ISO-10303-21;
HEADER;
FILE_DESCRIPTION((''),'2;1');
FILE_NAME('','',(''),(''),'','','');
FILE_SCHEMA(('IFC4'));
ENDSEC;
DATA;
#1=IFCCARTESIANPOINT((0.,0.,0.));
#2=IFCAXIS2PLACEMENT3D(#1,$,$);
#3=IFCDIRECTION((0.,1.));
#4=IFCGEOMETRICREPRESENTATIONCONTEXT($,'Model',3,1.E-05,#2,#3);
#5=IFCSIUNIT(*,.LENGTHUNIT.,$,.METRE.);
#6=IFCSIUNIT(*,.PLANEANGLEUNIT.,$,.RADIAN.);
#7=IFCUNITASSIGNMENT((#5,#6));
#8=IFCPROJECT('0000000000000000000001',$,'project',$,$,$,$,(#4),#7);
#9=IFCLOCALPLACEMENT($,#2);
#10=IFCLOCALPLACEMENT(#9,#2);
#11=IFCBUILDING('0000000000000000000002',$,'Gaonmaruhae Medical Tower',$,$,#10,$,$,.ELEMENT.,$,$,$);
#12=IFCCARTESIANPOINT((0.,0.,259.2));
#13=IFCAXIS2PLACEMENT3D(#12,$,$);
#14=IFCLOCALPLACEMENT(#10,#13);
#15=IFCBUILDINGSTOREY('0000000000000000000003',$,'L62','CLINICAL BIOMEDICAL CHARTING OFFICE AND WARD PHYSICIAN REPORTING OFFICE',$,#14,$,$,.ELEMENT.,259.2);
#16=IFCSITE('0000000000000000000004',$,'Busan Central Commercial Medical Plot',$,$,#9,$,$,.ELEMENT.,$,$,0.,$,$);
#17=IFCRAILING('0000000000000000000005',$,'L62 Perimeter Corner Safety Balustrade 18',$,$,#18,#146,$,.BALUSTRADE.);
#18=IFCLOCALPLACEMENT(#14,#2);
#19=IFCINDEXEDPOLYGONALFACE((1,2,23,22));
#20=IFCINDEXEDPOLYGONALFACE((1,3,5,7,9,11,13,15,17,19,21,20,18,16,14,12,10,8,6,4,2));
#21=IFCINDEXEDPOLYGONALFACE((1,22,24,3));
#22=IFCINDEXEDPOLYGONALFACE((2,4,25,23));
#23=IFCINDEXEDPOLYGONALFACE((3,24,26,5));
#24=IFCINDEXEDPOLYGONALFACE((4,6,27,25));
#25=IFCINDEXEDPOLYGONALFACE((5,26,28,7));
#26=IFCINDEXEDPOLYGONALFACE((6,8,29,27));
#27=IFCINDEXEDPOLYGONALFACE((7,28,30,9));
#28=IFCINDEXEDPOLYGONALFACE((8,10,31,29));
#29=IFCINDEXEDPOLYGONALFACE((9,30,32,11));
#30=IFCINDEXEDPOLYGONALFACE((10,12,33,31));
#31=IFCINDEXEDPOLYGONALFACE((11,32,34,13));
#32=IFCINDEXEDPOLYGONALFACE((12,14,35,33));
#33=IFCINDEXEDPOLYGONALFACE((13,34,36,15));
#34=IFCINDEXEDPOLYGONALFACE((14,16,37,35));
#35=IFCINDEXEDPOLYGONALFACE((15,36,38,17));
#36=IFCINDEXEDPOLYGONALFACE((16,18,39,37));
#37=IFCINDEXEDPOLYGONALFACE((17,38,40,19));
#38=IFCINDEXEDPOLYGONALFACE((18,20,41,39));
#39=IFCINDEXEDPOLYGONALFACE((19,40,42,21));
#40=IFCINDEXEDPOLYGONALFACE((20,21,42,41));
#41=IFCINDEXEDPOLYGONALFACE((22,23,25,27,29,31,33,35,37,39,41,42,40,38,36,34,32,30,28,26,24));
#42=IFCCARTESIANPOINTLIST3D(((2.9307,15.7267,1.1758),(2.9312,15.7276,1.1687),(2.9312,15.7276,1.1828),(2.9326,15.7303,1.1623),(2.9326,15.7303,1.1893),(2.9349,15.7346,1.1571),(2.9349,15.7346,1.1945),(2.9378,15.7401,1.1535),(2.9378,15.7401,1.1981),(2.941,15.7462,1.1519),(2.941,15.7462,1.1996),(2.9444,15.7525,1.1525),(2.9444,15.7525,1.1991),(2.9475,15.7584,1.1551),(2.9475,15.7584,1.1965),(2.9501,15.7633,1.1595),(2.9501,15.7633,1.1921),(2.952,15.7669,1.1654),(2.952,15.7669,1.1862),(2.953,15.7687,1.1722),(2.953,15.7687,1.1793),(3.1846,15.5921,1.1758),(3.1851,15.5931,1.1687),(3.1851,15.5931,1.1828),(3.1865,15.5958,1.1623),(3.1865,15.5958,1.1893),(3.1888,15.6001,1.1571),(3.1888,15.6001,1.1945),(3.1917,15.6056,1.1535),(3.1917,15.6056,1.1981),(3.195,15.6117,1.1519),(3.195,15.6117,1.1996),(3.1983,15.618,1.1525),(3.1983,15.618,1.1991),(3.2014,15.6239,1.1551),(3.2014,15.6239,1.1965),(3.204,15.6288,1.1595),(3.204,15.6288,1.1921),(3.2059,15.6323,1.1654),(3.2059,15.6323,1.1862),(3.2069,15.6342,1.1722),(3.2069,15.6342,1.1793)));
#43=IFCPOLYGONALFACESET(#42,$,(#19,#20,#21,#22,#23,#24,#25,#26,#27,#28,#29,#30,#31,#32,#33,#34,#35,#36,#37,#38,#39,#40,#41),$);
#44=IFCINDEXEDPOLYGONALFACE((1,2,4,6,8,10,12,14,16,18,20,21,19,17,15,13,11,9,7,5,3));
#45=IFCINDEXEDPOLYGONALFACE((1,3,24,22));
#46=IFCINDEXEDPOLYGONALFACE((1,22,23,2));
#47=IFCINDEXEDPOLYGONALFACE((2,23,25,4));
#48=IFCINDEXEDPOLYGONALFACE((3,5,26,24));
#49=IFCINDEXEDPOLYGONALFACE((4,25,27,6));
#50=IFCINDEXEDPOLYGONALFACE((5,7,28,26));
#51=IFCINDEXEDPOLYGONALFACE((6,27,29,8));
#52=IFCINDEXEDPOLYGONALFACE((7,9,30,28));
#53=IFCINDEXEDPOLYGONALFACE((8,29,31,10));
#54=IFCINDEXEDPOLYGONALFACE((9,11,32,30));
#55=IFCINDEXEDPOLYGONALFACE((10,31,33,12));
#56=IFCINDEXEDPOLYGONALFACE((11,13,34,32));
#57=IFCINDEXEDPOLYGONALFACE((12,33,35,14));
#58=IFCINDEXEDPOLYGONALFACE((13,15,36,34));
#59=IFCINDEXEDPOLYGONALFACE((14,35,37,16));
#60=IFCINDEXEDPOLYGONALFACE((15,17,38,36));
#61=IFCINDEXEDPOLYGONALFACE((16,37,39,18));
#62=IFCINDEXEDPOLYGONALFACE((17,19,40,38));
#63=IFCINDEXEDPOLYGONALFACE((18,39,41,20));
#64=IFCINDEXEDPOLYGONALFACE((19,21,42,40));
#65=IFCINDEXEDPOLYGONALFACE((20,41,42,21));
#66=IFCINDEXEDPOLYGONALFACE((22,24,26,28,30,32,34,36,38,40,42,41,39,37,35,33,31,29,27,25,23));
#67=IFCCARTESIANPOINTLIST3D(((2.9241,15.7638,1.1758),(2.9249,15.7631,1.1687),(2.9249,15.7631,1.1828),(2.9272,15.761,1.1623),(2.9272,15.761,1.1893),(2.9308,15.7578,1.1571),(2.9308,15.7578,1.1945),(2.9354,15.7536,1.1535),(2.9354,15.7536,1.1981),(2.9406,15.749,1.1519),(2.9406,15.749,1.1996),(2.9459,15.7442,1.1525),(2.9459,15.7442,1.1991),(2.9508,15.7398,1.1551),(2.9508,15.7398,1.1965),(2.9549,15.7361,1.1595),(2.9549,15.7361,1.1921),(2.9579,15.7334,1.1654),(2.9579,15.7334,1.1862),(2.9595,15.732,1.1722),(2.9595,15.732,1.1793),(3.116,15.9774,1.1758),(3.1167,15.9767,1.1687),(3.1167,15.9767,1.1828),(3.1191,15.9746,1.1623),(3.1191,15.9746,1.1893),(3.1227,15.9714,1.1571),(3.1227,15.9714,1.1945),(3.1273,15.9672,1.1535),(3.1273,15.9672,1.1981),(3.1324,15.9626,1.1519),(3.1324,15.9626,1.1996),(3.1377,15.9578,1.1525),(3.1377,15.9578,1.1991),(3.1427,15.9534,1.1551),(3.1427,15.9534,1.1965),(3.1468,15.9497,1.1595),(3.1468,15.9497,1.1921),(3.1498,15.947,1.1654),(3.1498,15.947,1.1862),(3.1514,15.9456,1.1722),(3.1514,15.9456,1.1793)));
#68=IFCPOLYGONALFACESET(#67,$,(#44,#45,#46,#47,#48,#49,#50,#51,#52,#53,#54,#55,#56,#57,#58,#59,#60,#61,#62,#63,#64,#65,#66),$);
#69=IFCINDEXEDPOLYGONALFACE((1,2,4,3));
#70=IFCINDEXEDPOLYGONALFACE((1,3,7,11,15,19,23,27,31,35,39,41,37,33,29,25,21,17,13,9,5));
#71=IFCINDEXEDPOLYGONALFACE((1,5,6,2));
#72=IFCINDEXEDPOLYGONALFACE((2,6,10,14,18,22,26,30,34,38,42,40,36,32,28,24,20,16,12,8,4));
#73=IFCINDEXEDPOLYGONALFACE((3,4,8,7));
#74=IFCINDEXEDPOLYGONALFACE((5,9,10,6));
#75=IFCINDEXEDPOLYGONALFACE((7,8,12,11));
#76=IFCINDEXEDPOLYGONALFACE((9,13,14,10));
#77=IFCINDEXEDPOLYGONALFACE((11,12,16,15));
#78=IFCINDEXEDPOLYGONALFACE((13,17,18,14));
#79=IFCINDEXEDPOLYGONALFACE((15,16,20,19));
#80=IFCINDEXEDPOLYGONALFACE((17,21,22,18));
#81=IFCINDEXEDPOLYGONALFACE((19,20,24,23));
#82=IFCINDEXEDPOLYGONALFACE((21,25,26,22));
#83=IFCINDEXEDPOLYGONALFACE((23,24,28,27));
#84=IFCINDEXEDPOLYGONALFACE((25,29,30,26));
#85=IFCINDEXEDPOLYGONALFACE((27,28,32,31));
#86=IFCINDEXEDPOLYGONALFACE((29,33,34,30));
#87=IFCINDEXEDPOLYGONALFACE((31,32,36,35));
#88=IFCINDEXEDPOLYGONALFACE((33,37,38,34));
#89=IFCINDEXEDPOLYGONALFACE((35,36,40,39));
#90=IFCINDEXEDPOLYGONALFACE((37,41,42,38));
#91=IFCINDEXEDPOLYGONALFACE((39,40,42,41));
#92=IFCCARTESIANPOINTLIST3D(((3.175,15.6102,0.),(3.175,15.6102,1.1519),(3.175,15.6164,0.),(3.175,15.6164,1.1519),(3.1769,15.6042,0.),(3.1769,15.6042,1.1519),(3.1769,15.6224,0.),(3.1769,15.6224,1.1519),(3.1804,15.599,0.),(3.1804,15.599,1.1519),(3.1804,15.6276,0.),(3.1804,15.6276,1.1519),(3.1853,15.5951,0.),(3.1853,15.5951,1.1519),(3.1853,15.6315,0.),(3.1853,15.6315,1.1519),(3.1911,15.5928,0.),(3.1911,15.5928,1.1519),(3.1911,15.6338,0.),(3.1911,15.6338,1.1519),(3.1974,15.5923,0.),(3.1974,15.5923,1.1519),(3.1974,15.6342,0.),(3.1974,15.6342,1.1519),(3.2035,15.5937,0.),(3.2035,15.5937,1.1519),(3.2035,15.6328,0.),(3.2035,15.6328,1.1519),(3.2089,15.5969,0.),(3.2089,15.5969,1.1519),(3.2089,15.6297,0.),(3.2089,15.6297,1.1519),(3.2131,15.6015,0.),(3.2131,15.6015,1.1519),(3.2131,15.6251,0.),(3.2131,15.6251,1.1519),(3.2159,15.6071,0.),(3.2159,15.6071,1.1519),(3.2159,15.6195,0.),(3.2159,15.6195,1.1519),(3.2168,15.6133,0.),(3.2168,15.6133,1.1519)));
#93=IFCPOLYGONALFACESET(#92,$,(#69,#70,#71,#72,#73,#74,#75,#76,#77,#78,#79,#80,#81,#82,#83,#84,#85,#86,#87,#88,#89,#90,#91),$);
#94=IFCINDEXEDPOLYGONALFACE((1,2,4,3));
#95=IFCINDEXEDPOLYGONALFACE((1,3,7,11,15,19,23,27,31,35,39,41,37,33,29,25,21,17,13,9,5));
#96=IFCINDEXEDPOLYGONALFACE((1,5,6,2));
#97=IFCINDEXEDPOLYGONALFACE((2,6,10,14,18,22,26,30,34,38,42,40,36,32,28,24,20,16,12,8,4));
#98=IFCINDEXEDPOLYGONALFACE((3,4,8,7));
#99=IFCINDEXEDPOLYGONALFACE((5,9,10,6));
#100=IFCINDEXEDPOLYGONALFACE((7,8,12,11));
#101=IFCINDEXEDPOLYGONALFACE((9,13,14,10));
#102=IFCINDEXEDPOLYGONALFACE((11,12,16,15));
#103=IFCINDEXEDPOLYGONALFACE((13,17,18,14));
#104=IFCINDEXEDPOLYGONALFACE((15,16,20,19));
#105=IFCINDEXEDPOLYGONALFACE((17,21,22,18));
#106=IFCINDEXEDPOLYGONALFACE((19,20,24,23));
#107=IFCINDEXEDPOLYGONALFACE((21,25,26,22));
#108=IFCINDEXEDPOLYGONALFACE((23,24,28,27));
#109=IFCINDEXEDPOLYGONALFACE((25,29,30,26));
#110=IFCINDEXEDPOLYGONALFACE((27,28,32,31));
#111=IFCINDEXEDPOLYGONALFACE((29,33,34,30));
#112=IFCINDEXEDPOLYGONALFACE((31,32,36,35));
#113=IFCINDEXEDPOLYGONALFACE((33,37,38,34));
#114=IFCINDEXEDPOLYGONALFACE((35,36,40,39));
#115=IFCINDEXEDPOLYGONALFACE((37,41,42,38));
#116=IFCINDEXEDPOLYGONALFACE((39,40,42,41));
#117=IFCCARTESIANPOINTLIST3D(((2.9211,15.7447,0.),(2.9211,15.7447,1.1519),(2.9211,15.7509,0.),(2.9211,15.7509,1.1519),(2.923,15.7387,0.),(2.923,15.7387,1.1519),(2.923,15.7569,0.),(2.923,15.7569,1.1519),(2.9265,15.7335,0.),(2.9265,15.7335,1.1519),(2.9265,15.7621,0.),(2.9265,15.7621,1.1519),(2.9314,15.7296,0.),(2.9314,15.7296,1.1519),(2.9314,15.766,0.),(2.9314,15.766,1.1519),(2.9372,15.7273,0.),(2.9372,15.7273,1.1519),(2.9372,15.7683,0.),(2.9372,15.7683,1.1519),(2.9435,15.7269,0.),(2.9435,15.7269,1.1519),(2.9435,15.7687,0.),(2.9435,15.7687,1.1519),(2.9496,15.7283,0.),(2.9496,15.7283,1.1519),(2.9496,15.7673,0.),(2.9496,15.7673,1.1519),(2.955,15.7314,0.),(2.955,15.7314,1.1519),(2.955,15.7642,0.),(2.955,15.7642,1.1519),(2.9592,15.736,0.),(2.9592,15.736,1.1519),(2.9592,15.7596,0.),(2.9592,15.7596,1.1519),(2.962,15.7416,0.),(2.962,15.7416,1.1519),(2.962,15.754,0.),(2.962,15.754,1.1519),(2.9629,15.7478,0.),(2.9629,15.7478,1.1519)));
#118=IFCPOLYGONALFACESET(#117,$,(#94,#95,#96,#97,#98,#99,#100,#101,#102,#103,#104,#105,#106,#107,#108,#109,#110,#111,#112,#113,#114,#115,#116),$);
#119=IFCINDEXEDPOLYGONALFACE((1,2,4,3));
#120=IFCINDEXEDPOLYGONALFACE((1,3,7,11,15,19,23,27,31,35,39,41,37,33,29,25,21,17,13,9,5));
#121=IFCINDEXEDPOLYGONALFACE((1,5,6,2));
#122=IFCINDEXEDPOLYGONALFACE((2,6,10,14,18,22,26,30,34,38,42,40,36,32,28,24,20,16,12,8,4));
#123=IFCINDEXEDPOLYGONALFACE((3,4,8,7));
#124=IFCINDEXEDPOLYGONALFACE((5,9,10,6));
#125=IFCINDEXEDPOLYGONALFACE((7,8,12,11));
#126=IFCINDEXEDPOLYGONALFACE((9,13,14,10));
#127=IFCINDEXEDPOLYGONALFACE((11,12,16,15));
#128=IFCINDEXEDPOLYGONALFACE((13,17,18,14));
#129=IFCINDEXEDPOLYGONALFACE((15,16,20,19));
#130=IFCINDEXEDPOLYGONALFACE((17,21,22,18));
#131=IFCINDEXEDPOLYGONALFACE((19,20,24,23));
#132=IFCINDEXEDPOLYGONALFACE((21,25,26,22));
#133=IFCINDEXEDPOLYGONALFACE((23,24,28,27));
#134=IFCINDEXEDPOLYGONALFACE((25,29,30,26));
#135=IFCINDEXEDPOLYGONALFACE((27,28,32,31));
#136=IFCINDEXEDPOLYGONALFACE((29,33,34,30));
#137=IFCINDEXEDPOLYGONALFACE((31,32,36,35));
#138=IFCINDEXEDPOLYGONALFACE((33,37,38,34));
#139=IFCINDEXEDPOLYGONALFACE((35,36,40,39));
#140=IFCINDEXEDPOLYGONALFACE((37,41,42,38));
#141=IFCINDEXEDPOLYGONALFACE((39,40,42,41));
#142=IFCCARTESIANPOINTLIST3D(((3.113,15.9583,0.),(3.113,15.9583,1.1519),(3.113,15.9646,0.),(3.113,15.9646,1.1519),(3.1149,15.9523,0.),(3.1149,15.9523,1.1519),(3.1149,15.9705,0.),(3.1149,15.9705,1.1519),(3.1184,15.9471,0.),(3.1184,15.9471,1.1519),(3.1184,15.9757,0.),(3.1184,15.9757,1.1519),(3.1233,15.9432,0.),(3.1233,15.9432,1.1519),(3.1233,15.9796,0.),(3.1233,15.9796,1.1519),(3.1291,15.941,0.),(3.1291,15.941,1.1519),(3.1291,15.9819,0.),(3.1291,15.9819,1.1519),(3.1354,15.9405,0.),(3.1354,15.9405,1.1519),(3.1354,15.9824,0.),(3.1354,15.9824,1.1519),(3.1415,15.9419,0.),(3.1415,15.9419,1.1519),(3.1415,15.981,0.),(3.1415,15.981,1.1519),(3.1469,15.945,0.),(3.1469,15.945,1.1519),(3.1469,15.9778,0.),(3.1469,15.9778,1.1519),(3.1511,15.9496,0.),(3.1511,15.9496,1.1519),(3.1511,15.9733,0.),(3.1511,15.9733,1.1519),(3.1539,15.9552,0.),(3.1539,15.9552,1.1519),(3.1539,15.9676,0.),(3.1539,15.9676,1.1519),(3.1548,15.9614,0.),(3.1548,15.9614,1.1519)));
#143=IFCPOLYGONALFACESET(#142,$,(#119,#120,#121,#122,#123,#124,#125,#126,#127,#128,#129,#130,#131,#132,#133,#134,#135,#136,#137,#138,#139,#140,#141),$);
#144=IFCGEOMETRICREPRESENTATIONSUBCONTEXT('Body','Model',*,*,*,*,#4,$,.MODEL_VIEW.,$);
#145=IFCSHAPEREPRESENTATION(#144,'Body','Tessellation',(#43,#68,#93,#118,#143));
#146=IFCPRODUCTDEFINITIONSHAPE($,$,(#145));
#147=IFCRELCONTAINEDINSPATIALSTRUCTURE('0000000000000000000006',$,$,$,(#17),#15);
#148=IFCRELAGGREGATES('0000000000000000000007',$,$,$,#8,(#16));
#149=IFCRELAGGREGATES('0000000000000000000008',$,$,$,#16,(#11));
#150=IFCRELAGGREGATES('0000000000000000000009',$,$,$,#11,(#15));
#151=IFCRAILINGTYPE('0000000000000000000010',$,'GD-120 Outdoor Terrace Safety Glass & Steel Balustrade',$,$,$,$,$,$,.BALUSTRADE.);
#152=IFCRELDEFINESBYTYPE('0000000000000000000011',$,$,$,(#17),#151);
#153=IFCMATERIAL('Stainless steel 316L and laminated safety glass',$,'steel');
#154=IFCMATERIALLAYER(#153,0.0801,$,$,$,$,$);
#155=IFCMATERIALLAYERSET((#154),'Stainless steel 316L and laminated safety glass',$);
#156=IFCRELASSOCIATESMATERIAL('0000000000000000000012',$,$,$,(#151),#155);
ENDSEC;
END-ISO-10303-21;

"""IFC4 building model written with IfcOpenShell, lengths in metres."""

from ifc_helpers import new_model, si_unit, direction, frame, origin, origin_2d, place, context, subcontext, project, spatial, circle, extrude, material, layer, layer_set, type_object, element, save


model = new_model("IFC4")

# Units and contexts
model_context = context("Model", 3, precision=1e-05, world=origin(), true_north=direction((0.0, 1.0)))
body_context = subcontext(model_context, "Body", "Model", "MODEL_VIEW")
ifc_project = project(units=[si_unit("LENGTHUNIT", "METRE"), si_unit("PLANEANGLEUNIT", "RADIAN")], contexts=[model_context])

# Site, building, storey
site_placement = place(None, origin())
site = spatial("IfcSite", under=ifc_project, at=site_placement, Name="Busan Central Commercial Medical Plot", CompositionType="ELEMENT", RefElevation=0.0)
building_placement = place(site_placement, origin())
building = spatial("IfcBuilding", under=site, at=building_placement, Name="Gaonmaruhae Medical Tower", CompositionType="ELEMENT")
storey_placement = place(building_placement, frame((0.0, 0.0, 259.2)))
storey = spatial("IfcBuildingStorey", under=building, at=storey_placement, Name="L62", Description="CLINICAL BIOMEDICAL CHARTING OFFICE AND WARD PHYSICIAN REPORTING OFFICE", CompositionType="ELEMENT", Elevation=259.2)

# Railing
ifc_material_1 = material(Name="Stainless steel 316L and laminated safety glass", Category="steel")
ifc_layer_1 = layer(ifc_material_1, 0.0801)
ifc_layer_set_1 = layer_set([ifc_layer_1], Name="Stainless steel 316L and laminated safety glass")
railing_type_1 = type_object("IfcRailingType", Name="GD-120 Outdoor Terrace Safety Glass & Steel Balustrade", PredefinedType="BALUSTRADE", material=ifc_layer_set_1)
railing_1_placement = place(storey_placement, frame((3.1958, 15.6133, 0.0)))
element("IfcRailing", 1, at=railing_1_placement, inside=storey, type_object=railing_type_1, Name="L62 Perimeter Corner Safety Balustrade 18", PredefinedType="BALUSTRADE", context=body_context, shape_type="SweptSolid", body=[
    extrude(circle(Radius=0.0239, at=origin_2d()), frame((0.0, 0.0, 1.1758), z_axis=(-0.883643, 0.468161, 0.0), x_axis=(-0.468161, -0.883643, 0.0)), (0.0, 0.0, 1.0), 0.2874),
    extrude(circle(Radius=0.0239, at=origin_2d()), frame((-0.2539, 0.1345, 1.1758), z_axis=(0.66826, 0.743928, 0.0), x_axis=(-0.743928, 0.66826, 0.0)), (0.0, 0.0, 1.0), 0.2871),
    extrude(circle(Radius=0.021, at=origin_2d()), origin(), (0.0, 0.0, 1.0), 1.1519),
    extrude(circle(Radius=0.021, at=origin_2d()), frame((-0.2539, 0.1345, 0.0)), (0.0, 0.0, 1.0), 1.1519),
    extrude(circle(Radius=0.021, at=origin_2d()), frame((-0.062, 0.3481, 0.0)), (0.0, 0.0, 1.0), 1.1519),
])

save(model, "model.ifc")
